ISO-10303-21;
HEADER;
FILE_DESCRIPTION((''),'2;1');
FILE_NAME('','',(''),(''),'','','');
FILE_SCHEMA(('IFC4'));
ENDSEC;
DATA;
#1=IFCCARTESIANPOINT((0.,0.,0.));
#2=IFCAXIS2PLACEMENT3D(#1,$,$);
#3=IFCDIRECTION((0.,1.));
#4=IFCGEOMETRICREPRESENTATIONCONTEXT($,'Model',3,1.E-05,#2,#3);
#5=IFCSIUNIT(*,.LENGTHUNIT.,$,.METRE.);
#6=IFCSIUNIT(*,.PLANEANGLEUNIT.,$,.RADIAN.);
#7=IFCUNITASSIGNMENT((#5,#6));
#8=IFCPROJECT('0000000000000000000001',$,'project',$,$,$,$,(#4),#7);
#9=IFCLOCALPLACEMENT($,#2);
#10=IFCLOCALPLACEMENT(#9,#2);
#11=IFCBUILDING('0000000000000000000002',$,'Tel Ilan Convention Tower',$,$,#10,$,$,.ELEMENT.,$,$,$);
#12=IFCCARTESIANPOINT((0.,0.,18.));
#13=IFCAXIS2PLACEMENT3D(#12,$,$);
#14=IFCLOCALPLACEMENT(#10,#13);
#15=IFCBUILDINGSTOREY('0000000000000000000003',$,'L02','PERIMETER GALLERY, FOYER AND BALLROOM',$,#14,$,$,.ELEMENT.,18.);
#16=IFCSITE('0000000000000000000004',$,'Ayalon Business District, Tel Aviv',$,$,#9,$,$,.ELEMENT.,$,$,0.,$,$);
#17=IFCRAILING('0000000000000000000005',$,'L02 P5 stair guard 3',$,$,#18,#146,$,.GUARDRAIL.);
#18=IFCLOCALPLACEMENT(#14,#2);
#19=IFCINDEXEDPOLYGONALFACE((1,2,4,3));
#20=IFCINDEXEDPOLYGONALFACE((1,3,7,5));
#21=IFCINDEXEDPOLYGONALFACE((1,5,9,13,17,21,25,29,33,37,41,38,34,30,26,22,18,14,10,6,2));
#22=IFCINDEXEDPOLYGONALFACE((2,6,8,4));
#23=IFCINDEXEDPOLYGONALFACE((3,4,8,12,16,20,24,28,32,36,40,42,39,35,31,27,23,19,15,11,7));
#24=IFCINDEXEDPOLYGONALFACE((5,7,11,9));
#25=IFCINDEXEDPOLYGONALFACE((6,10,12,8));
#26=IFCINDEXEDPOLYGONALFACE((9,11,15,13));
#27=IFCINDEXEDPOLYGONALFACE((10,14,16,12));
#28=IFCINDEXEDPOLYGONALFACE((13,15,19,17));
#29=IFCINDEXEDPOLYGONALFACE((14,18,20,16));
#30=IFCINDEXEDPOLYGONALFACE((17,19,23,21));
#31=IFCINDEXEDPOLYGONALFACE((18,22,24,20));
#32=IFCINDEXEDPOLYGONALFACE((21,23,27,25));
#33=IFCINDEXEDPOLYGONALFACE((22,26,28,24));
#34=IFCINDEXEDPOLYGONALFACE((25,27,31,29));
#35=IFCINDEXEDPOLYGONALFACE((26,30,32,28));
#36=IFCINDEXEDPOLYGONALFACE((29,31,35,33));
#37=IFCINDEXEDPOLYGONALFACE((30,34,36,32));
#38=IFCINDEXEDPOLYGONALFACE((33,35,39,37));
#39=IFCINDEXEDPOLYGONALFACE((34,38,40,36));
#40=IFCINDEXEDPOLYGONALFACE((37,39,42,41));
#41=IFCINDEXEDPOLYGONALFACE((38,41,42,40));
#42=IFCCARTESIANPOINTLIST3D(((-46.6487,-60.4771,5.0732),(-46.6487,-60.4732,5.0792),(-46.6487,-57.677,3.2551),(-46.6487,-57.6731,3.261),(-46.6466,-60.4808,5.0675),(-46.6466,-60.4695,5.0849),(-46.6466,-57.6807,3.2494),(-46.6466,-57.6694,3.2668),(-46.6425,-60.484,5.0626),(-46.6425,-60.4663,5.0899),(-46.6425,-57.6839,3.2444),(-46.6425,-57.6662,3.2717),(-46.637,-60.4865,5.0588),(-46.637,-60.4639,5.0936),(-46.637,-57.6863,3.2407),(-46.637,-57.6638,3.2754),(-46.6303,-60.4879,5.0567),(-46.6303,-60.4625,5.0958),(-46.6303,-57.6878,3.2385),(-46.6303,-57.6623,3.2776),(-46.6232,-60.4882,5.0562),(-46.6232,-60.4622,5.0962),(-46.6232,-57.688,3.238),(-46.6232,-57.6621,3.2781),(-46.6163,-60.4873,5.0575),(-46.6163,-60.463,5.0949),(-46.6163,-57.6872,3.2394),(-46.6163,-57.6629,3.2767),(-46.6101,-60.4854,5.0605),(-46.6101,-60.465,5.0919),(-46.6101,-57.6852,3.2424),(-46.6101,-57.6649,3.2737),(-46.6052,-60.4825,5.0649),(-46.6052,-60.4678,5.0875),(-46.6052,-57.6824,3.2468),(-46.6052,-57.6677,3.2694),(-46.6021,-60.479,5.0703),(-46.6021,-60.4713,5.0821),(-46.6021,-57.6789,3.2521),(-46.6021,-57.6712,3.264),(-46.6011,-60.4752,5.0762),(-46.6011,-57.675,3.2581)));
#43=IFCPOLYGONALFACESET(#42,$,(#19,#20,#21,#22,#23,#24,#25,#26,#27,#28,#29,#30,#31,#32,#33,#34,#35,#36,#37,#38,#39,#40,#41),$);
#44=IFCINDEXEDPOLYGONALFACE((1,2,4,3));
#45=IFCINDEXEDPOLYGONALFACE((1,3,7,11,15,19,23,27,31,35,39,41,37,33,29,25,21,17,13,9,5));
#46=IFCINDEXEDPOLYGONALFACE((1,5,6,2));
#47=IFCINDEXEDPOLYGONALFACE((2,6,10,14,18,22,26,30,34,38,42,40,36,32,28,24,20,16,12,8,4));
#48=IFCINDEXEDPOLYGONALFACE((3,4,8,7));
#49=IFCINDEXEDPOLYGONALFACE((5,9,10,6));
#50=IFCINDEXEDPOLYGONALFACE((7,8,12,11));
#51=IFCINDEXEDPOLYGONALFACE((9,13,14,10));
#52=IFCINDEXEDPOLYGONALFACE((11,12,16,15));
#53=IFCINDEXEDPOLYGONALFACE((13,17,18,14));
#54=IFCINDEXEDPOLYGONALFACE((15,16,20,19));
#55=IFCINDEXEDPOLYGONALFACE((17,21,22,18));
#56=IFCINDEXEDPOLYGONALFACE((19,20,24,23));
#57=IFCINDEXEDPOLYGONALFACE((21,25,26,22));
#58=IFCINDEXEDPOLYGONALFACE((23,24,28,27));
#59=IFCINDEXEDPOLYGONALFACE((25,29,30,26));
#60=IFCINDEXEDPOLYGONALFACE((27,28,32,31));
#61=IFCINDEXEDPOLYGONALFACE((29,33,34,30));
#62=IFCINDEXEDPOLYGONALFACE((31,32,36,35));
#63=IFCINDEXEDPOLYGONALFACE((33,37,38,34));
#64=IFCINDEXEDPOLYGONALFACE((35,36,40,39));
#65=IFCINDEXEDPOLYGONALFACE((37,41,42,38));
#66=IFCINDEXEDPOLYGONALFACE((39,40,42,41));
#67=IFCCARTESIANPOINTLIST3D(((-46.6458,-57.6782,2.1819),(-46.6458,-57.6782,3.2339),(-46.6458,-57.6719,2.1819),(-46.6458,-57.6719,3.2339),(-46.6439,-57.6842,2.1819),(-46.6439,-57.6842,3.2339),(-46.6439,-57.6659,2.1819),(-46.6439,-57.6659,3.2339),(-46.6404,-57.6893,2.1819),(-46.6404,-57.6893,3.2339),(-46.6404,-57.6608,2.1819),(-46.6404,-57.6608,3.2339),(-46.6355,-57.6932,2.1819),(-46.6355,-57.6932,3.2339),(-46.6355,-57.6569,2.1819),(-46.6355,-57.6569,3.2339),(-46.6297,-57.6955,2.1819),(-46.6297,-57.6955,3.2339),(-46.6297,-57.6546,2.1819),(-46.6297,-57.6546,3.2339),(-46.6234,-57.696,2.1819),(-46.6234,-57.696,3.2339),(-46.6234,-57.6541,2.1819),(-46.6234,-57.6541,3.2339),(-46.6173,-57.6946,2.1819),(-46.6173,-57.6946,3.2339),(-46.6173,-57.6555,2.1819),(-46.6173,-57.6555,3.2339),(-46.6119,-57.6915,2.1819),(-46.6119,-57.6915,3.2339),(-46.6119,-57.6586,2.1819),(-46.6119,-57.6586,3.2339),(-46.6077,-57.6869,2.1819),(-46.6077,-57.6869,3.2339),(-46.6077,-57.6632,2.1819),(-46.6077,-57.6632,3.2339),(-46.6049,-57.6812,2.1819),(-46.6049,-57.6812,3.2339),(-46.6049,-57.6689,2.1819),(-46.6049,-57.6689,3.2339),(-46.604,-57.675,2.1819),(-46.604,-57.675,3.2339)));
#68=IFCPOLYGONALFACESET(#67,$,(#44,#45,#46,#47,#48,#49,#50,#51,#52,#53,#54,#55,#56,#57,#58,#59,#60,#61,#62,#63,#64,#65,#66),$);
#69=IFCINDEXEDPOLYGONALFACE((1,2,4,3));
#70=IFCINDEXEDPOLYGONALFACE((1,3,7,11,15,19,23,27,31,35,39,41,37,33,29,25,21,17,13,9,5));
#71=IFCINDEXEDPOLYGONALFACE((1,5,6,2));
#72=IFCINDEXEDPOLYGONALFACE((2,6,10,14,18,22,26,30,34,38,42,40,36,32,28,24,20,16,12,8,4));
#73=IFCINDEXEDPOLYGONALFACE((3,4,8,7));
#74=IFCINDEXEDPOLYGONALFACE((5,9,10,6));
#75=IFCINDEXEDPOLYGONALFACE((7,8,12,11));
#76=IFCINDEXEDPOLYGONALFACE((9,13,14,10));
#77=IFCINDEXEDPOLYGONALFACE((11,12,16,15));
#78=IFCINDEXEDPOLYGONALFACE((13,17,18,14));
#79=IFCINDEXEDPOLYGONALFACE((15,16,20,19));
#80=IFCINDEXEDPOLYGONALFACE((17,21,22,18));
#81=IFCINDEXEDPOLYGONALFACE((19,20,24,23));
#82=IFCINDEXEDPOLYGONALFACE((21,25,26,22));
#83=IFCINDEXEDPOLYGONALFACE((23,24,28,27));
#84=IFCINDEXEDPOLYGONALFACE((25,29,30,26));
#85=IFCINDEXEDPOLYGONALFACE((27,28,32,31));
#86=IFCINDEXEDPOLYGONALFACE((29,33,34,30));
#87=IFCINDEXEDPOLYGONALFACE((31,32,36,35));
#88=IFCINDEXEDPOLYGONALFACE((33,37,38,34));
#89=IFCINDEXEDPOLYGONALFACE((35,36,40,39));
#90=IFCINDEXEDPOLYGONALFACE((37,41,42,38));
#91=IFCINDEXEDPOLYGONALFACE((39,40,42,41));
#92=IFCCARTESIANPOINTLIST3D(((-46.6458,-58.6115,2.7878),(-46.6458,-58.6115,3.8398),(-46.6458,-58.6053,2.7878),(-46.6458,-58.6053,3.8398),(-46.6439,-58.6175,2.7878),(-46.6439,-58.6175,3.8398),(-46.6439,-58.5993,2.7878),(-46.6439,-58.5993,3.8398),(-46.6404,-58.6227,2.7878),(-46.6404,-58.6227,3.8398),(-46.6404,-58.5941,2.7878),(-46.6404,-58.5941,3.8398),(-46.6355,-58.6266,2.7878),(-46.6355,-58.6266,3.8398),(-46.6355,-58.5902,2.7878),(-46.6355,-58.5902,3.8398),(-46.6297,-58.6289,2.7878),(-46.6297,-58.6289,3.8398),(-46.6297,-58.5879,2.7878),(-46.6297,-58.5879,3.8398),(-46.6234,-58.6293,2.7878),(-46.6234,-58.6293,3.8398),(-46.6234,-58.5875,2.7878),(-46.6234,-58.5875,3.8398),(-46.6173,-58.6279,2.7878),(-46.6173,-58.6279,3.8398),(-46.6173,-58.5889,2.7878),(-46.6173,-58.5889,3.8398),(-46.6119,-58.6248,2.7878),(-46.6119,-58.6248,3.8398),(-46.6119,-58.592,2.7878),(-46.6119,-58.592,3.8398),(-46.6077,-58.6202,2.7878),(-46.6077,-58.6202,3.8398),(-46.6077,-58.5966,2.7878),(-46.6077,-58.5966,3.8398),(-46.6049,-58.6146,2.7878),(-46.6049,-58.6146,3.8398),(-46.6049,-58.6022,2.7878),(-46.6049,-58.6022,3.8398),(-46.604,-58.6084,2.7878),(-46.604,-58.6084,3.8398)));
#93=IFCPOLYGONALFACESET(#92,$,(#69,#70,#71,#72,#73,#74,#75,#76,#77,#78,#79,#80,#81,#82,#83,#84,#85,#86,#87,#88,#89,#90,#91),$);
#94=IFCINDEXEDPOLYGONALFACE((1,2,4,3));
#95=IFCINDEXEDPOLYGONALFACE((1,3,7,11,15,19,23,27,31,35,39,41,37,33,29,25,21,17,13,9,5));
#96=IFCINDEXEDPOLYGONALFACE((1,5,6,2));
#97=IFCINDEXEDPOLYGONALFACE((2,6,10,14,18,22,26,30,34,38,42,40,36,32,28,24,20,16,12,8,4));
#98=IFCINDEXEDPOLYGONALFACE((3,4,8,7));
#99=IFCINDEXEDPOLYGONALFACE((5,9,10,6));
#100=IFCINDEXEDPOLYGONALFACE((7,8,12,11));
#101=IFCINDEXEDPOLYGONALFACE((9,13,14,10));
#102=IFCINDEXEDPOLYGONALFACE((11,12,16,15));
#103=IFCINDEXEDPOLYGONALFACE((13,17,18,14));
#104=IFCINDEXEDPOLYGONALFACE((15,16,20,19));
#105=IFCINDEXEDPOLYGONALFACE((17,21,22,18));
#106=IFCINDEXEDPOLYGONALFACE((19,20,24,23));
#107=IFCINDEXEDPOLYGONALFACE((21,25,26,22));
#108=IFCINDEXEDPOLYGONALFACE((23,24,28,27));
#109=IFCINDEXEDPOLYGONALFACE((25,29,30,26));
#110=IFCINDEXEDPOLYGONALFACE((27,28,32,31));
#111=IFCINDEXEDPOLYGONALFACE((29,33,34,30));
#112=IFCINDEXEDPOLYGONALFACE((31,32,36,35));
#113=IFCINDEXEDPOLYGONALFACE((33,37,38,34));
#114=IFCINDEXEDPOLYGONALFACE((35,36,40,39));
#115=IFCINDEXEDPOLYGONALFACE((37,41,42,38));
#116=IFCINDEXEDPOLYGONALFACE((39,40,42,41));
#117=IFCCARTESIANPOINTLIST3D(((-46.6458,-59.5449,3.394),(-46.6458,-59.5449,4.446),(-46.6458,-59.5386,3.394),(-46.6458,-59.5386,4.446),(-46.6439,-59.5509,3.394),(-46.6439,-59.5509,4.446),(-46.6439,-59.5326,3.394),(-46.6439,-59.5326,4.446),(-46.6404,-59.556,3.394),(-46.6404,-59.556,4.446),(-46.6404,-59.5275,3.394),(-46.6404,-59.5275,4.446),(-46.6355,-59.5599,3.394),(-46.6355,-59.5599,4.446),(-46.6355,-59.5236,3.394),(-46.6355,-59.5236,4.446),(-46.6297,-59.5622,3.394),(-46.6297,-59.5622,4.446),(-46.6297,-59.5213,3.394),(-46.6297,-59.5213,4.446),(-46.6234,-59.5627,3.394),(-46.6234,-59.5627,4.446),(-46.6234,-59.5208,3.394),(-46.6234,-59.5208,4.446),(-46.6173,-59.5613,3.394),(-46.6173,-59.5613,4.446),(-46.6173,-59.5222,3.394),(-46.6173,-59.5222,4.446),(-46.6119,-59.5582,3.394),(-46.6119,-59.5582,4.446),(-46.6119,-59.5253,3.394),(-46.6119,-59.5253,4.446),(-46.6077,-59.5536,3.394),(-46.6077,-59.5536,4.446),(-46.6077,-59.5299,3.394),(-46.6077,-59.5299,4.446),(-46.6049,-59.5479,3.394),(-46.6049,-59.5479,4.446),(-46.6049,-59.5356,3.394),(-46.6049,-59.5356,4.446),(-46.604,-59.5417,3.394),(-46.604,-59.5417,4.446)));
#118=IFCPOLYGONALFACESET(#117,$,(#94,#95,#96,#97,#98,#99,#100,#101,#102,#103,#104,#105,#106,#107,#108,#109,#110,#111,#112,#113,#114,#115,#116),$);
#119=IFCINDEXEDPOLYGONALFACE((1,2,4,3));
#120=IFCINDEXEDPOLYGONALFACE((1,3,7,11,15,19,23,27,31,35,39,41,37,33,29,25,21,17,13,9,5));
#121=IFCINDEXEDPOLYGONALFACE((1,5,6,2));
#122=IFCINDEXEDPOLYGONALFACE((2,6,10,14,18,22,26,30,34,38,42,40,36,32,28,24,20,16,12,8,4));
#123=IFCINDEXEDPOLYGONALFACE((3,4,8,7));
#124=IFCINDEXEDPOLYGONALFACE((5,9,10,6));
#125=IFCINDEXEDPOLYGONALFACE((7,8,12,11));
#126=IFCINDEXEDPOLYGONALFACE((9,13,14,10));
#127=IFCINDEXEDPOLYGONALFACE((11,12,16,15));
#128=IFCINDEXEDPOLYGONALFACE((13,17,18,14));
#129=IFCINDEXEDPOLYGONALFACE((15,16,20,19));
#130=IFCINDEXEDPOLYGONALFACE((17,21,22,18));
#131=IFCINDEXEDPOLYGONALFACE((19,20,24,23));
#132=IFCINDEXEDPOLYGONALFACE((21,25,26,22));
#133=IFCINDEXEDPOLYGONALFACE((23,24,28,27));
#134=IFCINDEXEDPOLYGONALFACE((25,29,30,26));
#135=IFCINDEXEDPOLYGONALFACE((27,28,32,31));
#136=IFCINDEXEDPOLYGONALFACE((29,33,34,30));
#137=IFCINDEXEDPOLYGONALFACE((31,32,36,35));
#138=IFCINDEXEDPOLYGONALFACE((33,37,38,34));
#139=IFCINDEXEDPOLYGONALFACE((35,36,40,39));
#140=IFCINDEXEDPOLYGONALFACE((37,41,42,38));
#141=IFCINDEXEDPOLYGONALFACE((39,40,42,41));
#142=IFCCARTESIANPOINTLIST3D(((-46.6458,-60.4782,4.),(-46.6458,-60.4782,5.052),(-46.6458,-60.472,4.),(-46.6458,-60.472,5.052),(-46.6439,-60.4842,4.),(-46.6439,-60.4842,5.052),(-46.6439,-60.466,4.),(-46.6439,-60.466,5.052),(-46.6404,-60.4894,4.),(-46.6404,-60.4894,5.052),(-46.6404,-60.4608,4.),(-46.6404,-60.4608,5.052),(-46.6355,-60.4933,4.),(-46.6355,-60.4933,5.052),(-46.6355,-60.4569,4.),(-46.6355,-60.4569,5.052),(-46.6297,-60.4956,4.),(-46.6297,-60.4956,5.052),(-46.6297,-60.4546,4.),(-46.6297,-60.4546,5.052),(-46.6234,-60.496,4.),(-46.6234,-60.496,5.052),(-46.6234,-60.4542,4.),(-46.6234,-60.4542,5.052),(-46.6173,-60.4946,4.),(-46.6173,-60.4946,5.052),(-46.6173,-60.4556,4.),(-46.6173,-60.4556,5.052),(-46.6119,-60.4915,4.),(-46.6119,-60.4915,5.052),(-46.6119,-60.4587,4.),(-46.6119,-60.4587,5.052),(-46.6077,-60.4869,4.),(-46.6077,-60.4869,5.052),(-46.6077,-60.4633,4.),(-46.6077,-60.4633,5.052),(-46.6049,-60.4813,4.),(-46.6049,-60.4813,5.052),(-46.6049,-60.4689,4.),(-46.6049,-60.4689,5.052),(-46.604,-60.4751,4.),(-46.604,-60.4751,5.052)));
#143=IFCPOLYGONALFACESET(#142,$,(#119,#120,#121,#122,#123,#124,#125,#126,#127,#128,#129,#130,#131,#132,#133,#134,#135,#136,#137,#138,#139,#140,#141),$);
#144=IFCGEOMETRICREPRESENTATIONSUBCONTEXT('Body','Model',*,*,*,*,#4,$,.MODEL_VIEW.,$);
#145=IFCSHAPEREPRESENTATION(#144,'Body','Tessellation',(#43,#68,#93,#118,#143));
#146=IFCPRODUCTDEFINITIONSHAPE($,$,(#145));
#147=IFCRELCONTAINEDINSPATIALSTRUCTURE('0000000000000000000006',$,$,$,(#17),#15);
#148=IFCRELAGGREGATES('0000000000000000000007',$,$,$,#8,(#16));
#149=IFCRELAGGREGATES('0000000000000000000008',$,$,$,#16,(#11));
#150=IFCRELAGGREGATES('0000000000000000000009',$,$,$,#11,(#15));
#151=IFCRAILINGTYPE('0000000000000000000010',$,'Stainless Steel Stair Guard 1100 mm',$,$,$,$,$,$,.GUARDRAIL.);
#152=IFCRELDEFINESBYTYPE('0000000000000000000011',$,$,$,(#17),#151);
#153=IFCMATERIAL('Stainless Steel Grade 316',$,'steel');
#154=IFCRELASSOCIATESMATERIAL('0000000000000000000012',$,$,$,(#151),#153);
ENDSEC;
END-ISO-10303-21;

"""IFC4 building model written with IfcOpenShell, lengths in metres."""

from ifc_helpers import new_model, si_unit, direction, frame, origin, origin_2d, place, context, subcontext, project, spatial, circle, extrude, material, type_object, element, save


model = new_model("IFC4")

# Units and contexts
model_context = context("Model", 3, precision=1e-05, world=origin(), true_north=direction((0.0, 1.0)))
body_context = subcontext(model_context, "Body", "Model", "MODEL_VIEW")
ifc_project = project(units=[si_unit("LENGTHUNIT", "METRE"), si_unit("PLANEANGLEUNIT", "RADIAN")], contexts=[model_context])

# Site, building, storey
site_placement = place(None, origin())
site = spatial("IfcSite", under=ifc_project, at=site_placement, Name="Ayalon Business District, Tel Aviv", CompositionType="ELEMENT", RefElevation=0.0)
building_placement = place(site_placement, origin())
building = spatial("IfcBuilding", under=site, at=building_placement, Name="Tel Ilan Convention Tower", CompositionType="ELEMENT")
storey_placement = place(building_placement, frame((0.0, 0.0, 18.0)))
storey = spatial("IfcBuildingStorey", under=building, at=storey_placement, Name="L02", Description="PERIMETER GALLERY, FOYER AND BALLROOM", CompositionType="ELEMENT", Elevation=18.0)

# Railing
ifc_material_1 = material(Name="Stainless Steel Grade 316", Category="steel")
railing_type_1 = type_object("IfcRailingType", Name="Stainless Steel Stair Guard 1100 mm", PredefinedType="GUARDRAIL", material=ifc_material_1)
railing_1_placement = place(storey_placement, frame((-46.625, -57.675, 2.1819)))
element("IfcRailing", 1, at=railing_1_placement, inside=storey, type_object=railing_type_1, Name="L02 P5 stair guard 3", PredefinedType="GUARDRAIL", context=body_context, shape_type="SweptSolid", body=[
    extrude(circle(Radius=0.0239, at=origin_2d()), frame((0.0, 0.0, 1.0762), z_axis=(0.0, -0.838706, 0.544585), x_axis=(1.0, 0.0, 0.0)), (0.0, 0.0, 1.0), 3.3386),
    extrude(circle(Radius=0.021, at=origin_2d()), origin(), (0.0, 0.0, 1.0), 1.052),
    extrude(circle(Radius=0.021, at=origin_2d()), frame((0.0, -0.9333, 0.606)), (0.0, 0.0, 1.0), 1.052),
    extrude(circle(Radius=0.021, at=origin_2d()), frame((0.0, -1.8667, 1.2122)), (0.0, 0.0, 1.0), 1.052),
    extrude(circle(Radius=0.021, at=origin_2d()), frame((0.0, -2.8, 1.8181)), (0.0, 0.0, 1.0), 1.052),
])

save(model, "model.ifc")
